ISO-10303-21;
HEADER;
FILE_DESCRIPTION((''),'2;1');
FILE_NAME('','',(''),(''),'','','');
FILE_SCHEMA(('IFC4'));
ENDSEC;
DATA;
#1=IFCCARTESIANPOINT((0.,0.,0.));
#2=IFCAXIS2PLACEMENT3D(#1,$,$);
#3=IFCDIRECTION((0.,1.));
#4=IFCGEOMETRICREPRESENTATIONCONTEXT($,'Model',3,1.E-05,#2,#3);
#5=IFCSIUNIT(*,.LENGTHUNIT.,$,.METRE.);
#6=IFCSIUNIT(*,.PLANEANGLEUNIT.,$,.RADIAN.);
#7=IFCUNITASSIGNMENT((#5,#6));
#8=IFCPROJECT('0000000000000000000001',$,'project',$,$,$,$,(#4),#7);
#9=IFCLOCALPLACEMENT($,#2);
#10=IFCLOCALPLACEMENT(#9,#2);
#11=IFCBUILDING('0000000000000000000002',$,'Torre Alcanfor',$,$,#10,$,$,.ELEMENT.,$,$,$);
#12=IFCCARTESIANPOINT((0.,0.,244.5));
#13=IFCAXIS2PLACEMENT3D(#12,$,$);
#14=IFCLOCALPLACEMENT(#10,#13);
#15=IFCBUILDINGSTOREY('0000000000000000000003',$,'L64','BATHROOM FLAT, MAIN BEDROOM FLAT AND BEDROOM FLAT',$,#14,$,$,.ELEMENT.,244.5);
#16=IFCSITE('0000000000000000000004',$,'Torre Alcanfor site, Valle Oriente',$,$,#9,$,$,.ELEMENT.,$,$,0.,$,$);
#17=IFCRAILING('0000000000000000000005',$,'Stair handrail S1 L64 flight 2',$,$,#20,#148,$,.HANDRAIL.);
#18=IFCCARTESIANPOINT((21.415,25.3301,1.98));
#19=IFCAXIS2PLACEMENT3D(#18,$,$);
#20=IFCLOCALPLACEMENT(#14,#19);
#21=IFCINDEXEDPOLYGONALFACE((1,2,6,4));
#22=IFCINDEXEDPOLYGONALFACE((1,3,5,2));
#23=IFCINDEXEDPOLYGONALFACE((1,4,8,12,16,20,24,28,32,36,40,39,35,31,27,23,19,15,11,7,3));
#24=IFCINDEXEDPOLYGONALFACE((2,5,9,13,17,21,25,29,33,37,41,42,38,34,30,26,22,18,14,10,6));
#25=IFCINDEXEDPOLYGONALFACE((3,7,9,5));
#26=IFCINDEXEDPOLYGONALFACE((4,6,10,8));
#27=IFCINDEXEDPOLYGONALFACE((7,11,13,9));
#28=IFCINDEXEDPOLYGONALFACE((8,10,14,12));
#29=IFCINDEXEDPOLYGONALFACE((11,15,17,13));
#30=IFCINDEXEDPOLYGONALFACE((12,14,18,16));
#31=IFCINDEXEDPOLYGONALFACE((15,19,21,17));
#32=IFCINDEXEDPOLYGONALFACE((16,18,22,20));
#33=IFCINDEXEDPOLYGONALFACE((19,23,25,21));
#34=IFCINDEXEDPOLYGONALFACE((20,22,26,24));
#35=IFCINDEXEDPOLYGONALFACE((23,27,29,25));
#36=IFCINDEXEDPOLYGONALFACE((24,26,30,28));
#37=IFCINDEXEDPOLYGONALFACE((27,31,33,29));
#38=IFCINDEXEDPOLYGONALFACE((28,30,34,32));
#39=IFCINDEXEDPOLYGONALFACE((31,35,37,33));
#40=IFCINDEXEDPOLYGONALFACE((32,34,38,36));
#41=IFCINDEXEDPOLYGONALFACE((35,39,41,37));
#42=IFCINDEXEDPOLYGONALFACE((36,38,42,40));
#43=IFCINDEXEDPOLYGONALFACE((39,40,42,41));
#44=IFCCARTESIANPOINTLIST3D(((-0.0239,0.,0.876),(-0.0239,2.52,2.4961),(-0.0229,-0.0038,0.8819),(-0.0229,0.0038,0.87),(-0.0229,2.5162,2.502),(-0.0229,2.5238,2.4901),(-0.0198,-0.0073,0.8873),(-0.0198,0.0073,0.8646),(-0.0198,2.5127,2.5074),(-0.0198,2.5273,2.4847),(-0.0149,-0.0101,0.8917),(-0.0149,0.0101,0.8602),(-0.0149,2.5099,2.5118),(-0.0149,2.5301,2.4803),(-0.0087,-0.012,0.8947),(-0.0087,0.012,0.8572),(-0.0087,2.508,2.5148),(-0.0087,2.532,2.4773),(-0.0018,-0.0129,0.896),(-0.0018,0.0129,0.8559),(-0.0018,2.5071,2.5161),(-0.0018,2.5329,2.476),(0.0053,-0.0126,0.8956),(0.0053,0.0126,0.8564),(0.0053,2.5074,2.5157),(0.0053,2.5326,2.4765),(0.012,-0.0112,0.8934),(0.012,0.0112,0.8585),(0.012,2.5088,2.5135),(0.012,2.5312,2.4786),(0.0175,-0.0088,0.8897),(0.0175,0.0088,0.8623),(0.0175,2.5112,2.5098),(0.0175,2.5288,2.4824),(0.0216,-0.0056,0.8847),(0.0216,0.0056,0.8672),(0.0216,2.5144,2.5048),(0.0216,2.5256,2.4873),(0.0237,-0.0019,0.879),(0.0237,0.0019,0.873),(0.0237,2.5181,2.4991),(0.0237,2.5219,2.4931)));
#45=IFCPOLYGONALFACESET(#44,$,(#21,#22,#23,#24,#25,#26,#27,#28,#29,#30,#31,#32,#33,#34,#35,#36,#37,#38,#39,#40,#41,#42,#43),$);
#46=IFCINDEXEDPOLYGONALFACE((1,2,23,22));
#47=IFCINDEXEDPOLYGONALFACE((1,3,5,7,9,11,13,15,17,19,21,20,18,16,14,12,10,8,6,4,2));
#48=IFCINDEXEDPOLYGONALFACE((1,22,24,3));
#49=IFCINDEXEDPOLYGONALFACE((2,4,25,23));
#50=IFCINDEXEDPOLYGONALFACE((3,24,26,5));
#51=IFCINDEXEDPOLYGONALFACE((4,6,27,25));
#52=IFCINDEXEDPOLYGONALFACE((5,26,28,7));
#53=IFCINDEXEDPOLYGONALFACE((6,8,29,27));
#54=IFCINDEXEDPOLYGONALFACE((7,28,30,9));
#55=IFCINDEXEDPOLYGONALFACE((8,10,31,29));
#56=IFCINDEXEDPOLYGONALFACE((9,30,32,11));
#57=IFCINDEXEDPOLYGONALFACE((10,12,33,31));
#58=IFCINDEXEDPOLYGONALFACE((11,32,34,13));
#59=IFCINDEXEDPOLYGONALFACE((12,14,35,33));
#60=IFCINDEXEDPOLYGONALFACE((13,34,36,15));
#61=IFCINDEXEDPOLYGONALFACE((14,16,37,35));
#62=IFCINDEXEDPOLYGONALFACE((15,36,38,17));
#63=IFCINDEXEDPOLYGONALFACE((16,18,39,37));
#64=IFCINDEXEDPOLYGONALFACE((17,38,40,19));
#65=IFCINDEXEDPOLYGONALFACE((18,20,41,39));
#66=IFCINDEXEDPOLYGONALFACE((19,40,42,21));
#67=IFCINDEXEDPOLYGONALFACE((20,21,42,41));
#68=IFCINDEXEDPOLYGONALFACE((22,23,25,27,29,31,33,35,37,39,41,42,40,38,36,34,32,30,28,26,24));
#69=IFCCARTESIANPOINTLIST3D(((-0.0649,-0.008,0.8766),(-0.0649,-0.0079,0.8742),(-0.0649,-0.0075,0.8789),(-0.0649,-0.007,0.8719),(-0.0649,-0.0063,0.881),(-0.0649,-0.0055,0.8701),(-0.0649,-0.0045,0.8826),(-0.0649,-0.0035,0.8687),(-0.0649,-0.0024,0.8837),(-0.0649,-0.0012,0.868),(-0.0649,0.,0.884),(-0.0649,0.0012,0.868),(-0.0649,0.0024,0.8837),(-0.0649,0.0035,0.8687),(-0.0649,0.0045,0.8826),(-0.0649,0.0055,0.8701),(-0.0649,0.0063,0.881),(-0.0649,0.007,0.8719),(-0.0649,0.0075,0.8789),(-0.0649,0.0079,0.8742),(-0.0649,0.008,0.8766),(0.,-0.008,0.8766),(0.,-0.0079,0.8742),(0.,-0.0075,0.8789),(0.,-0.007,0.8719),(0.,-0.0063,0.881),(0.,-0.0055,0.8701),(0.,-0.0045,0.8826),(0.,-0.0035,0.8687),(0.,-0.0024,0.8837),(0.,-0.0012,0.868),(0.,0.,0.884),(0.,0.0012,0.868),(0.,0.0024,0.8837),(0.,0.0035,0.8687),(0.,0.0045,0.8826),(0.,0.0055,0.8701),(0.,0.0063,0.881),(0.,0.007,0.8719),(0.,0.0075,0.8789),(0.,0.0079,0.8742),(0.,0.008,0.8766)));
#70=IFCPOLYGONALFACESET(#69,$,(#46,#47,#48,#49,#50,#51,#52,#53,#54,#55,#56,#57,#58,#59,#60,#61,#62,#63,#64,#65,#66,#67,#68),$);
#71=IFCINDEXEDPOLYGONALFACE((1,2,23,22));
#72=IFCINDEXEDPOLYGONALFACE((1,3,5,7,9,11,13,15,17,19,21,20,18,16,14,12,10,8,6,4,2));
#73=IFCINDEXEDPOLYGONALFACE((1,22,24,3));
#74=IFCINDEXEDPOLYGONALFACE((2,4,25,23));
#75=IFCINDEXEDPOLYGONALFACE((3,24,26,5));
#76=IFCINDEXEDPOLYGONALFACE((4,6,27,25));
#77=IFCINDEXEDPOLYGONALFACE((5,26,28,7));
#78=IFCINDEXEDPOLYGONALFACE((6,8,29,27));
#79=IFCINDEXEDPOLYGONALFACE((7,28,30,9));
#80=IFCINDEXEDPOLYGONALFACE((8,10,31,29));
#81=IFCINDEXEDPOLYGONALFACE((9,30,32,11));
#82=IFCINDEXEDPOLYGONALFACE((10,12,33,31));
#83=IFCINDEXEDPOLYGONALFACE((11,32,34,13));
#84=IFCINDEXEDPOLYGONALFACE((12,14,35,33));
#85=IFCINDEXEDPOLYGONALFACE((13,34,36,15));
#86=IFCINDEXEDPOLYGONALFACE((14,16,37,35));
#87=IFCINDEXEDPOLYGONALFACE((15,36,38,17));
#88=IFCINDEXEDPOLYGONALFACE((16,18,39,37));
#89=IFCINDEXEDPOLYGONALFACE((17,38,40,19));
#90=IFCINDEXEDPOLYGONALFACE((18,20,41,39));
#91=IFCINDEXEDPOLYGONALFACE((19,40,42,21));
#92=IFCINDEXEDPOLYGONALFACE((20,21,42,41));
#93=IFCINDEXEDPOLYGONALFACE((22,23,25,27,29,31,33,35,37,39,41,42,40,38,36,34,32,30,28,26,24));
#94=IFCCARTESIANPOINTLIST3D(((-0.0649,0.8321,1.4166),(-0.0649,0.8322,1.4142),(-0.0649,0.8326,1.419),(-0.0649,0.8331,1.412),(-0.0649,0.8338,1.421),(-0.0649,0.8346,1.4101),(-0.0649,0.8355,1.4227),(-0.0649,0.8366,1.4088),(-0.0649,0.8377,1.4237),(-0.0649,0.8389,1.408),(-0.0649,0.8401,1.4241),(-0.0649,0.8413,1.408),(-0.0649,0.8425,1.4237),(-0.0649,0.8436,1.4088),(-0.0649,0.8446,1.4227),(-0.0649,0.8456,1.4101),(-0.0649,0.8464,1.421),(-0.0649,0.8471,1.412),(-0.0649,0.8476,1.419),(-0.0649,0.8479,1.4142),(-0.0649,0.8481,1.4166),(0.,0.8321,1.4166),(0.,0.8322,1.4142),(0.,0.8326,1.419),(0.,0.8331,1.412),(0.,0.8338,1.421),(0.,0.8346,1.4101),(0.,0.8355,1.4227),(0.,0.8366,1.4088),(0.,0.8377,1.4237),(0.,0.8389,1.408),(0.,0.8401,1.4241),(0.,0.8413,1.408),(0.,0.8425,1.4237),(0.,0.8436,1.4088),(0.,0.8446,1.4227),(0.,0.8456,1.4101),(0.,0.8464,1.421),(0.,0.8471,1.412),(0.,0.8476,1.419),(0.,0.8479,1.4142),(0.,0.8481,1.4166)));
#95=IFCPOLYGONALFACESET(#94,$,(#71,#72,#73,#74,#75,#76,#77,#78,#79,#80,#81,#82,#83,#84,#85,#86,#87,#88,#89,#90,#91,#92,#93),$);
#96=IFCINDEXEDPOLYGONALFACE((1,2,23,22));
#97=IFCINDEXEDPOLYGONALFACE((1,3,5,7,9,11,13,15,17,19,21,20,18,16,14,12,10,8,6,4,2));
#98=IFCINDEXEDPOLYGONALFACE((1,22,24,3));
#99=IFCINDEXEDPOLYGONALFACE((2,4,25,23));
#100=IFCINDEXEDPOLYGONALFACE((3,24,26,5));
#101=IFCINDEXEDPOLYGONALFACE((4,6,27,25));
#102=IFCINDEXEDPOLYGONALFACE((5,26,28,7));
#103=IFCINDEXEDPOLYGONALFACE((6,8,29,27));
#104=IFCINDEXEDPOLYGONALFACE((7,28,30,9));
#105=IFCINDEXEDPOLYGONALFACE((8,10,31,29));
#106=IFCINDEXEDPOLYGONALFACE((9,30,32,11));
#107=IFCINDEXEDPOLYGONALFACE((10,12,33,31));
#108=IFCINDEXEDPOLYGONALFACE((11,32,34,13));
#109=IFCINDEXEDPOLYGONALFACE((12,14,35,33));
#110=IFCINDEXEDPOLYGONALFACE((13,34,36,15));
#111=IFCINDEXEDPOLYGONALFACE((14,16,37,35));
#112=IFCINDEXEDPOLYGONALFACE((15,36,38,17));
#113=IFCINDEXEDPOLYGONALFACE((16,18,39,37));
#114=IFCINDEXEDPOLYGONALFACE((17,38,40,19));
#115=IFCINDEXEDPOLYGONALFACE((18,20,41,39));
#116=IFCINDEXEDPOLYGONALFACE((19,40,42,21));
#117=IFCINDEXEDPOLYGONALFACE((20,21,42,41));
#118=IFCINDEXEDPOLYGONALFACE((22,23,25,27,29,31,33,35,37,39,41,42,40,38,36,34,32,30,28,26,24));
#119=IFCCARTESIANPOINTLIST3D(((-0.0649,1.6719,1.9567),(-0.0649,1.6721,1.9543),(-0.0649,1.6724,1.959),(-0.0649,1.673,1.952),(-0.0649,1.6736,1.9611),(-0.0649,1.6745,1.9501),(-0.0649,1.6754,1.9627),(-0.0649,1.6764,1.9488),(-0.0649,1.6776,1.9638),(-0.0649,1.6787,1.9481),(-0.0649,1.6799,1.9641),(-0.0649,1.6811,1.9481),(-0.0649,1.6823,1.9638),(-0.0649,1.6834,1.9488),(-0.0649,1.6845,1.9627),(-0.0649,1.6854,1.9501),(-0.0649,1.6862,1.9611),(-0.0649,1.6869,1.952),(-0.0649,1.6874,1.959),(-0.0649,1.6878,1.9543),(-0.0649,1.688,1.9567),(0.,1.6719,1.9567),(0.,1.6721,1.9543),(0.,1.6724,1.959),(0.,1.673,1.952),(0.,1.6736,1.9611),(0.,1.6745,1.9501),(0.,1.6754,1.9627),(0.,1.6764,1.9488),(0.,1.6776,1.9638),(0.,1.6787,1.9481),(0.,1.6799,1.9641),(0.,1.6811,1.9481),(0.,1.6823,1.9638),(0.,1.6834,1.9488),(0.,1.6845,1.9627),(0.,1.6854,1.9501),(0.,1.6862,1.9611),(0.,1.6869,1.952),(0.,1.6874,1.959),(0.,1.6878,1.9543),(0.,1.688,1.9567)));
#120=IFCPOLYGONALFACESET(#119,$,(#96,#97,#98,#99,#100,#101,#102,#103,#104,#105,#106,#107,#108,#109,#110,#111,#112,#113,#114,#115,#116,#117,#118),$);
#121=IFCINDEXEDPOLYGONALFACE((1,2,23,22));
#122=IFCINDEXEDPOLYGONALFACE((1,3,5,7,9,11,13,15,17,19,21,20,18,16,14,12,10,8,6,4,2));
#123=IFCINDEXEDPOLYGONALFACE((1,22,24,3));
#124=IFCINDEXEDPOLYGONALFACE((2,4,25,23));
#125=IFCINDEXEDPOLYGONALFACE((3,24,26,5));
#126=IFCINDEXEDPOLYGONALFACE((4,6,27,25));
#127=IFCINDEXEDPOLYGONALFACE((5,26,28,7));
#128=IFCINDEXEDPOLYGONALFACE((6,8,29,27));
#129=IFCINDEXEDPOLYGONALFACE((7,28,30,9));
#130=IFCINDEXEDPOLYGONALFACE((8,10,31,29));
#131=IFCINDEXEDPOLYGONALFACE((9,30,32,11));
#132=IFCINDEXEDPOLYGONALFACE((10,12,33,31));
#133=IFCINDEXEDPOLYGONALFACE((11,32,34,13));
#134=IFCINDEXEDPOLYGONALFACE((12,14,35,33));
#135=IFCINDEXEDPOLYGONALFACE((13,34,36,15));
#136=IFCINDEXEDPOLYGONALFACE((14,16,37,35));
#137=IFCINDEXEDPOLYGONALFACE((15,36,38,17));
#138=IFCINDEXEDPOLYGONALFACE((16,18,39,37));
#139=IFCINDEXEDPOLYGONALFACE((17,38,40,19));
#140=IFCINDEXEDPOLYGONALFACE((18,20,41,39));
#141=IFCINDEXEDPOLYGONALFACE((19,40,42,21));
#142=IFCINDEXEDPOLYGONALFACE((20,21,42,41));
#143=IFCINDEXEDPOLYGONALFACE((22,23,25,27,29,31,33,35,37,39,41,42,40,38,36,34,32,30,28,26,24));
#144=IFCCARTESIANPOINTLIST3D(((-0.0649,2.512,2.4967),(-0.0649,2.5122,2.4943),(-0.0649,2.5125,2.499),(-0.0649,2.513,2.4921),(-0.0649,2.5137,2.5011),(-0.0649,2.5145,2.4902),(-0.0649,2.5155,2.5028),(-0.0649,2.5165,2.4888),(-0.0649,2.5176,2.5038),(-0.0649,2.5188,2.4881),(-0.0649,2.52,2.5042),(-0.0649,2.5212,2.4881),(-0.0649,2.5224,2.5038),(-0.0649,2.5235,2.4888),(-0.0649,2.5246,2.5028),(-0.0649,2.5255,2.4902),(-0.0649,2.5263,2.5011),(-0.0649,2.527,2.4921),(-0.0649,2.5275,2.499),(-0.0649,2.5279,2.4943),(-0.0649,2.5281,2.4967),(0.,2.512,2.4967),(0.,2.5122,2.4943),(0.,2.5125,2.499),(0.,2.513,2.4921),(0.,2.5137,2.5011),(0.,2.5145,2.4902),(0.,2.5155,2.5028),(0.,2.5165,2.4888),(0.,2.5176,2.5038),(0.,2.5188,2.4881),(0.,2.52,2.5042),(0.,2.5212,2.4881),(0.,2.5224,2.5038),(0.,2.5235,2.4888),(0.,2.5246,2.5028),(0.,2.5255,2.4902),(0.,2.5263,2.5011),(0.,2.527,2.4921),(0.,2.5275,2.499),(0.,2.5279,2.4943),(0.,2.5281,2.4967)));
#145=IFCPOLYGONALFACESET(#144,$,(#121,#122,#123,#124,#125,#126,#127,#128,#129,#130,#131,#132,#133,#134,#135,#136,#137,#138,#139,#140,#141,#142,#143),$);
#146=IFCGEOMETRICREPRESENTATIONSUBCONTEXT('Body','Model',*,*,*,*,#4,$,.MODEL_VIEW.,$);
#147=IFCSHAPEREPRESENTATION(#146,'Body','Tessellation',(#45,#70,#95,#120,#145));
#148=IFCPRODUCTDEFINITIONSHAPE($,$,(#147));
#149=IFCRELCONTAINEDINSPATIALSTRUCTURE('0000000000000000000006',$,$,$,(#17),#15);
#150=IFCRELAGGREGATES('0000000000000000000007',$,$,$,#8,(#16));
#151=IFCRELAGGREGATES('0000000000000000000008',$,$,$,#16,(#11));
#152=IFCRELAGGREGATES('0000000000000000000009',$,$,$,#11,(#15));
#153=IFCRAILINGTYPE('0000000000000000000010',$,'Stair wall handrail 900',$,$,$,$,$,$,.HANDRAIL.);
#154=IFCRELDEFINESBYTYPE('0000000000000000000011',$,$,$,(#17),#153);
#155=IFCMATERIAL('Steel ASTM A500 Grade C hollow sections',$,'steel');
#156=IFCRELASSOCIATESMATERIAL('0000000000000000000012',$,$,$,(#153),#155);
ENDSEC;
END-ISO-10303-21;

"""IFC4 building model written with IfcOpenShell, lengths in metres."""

from ifc_helpers import new_model, si_unit, direction, frame, origin, origin_2d, place, context, subcontext, project, spatial, circle, extrude, material, type_object, element, save


model = new_model("IFC4")

# Units and contexts
model_context = context("Model", 3, precision=1e-05, world=origin(), true_north=direction((0.0, 1.0)))
body_context = subcontext(model_context, "Body", "Model", "MODEL_VIEW")
ifc_project = project(units=[si_unit("LENGTHUNIT", "METRE"), si_unit("PLANEANGLEUNIT", "RADIAN")], contexts=[model_context])

# Site, building, storey
site_placement = place(None, origin())
site = spatial("IfcSite", under=ifc_project, at=site_placement, Name="Torre Alcanfor site, Valle Oriente", CompositionType="ELEMENT", RefElevation=0.0)
building_placement = place(site_placement, origin())
building = spatial("IfcBuilding", under=site, at=building_placement, Name="Torre Alcanfor", CompositionType="ELEMENT")
storey_placement = place(building_placement, frame((0.0, 0.0, 244.5)))
storey = spatial("IfcBuildingStorey", under=building, at=storey_placement, Name="L64", Description="BATHROOM FLAT, MAIN BEDROOM FLAT AND BEDROOM FLAT", CompositionType="ELEMENT", Elevation=244.5)

# Railing
ifc_material_1 = material(Name="Steel ASTM A500 Grade C hollow sections", Category="steel")
railing_type_1 = type_object("IfcRailingType", Name="Stair wall handrail 900", PredefinedType="HANDRAIL", material=ifc_material_1)
railing_1_placement = place(storey_placement, frame((21.415, 25.3301, 1.98)))
element("IfcRailing", 1, at=railing_1_placement, inside=storey, type_object=railing_type_1, Name="Stair handrail S1 L64 flight 2", PredefinedType="HANDRAIL", context=body_context, shape_type="SweptSolid", body=[
    extrude(circle(Radius=0.0239, at=origin_2d()), frame((0.0, 0.0, 0.876), z_axis=(0.0, 0.841163, 0.540782), x_axis=(-1.0, 0.0, 0.0)), (0.0, 0.0, 1.0), 2.9958),
    extrude(circle(Radius=0.0081, at=origin_2d()), frame((0.0, 0.0, 0.876), z_axis=(-1.0, 0.0, 0.0), x_axis=(0.0, 0.0, 1.0)), (0.0, 0.0, 1.0), 0.0649),
    extrude(circle(Radius=0.0081, at=origin_2d()), frame((0.0, 0.8401, 1.416), z_axis=(-1.0, 0.0, 0.0), x_axis=(0.0, 0.0, 1.0)), (0.0, 0.0, 1.0), 0.0649),
    extrude(circle(Radius=0.0081, at=origin_2d()), frame((0.0, 1.6799, 1.9561), z_axis=(-1.0, 0.0, 0.0), x_axis=(0.0, 0.0, 1.0)), (0.0, 0.0, 1.0), 0.0649),
    extrude(circle(Radius=0.0081, at=origin_2d()), frame((0.0, 2.52, 2.4961), z_axis=(-1.0, 0.0, 0.0), x_axis=(0.0, 0.0, 1.0)), (0.0, 0.0, 1.0), 0.0649),
])

save(model, "model.ifc")
